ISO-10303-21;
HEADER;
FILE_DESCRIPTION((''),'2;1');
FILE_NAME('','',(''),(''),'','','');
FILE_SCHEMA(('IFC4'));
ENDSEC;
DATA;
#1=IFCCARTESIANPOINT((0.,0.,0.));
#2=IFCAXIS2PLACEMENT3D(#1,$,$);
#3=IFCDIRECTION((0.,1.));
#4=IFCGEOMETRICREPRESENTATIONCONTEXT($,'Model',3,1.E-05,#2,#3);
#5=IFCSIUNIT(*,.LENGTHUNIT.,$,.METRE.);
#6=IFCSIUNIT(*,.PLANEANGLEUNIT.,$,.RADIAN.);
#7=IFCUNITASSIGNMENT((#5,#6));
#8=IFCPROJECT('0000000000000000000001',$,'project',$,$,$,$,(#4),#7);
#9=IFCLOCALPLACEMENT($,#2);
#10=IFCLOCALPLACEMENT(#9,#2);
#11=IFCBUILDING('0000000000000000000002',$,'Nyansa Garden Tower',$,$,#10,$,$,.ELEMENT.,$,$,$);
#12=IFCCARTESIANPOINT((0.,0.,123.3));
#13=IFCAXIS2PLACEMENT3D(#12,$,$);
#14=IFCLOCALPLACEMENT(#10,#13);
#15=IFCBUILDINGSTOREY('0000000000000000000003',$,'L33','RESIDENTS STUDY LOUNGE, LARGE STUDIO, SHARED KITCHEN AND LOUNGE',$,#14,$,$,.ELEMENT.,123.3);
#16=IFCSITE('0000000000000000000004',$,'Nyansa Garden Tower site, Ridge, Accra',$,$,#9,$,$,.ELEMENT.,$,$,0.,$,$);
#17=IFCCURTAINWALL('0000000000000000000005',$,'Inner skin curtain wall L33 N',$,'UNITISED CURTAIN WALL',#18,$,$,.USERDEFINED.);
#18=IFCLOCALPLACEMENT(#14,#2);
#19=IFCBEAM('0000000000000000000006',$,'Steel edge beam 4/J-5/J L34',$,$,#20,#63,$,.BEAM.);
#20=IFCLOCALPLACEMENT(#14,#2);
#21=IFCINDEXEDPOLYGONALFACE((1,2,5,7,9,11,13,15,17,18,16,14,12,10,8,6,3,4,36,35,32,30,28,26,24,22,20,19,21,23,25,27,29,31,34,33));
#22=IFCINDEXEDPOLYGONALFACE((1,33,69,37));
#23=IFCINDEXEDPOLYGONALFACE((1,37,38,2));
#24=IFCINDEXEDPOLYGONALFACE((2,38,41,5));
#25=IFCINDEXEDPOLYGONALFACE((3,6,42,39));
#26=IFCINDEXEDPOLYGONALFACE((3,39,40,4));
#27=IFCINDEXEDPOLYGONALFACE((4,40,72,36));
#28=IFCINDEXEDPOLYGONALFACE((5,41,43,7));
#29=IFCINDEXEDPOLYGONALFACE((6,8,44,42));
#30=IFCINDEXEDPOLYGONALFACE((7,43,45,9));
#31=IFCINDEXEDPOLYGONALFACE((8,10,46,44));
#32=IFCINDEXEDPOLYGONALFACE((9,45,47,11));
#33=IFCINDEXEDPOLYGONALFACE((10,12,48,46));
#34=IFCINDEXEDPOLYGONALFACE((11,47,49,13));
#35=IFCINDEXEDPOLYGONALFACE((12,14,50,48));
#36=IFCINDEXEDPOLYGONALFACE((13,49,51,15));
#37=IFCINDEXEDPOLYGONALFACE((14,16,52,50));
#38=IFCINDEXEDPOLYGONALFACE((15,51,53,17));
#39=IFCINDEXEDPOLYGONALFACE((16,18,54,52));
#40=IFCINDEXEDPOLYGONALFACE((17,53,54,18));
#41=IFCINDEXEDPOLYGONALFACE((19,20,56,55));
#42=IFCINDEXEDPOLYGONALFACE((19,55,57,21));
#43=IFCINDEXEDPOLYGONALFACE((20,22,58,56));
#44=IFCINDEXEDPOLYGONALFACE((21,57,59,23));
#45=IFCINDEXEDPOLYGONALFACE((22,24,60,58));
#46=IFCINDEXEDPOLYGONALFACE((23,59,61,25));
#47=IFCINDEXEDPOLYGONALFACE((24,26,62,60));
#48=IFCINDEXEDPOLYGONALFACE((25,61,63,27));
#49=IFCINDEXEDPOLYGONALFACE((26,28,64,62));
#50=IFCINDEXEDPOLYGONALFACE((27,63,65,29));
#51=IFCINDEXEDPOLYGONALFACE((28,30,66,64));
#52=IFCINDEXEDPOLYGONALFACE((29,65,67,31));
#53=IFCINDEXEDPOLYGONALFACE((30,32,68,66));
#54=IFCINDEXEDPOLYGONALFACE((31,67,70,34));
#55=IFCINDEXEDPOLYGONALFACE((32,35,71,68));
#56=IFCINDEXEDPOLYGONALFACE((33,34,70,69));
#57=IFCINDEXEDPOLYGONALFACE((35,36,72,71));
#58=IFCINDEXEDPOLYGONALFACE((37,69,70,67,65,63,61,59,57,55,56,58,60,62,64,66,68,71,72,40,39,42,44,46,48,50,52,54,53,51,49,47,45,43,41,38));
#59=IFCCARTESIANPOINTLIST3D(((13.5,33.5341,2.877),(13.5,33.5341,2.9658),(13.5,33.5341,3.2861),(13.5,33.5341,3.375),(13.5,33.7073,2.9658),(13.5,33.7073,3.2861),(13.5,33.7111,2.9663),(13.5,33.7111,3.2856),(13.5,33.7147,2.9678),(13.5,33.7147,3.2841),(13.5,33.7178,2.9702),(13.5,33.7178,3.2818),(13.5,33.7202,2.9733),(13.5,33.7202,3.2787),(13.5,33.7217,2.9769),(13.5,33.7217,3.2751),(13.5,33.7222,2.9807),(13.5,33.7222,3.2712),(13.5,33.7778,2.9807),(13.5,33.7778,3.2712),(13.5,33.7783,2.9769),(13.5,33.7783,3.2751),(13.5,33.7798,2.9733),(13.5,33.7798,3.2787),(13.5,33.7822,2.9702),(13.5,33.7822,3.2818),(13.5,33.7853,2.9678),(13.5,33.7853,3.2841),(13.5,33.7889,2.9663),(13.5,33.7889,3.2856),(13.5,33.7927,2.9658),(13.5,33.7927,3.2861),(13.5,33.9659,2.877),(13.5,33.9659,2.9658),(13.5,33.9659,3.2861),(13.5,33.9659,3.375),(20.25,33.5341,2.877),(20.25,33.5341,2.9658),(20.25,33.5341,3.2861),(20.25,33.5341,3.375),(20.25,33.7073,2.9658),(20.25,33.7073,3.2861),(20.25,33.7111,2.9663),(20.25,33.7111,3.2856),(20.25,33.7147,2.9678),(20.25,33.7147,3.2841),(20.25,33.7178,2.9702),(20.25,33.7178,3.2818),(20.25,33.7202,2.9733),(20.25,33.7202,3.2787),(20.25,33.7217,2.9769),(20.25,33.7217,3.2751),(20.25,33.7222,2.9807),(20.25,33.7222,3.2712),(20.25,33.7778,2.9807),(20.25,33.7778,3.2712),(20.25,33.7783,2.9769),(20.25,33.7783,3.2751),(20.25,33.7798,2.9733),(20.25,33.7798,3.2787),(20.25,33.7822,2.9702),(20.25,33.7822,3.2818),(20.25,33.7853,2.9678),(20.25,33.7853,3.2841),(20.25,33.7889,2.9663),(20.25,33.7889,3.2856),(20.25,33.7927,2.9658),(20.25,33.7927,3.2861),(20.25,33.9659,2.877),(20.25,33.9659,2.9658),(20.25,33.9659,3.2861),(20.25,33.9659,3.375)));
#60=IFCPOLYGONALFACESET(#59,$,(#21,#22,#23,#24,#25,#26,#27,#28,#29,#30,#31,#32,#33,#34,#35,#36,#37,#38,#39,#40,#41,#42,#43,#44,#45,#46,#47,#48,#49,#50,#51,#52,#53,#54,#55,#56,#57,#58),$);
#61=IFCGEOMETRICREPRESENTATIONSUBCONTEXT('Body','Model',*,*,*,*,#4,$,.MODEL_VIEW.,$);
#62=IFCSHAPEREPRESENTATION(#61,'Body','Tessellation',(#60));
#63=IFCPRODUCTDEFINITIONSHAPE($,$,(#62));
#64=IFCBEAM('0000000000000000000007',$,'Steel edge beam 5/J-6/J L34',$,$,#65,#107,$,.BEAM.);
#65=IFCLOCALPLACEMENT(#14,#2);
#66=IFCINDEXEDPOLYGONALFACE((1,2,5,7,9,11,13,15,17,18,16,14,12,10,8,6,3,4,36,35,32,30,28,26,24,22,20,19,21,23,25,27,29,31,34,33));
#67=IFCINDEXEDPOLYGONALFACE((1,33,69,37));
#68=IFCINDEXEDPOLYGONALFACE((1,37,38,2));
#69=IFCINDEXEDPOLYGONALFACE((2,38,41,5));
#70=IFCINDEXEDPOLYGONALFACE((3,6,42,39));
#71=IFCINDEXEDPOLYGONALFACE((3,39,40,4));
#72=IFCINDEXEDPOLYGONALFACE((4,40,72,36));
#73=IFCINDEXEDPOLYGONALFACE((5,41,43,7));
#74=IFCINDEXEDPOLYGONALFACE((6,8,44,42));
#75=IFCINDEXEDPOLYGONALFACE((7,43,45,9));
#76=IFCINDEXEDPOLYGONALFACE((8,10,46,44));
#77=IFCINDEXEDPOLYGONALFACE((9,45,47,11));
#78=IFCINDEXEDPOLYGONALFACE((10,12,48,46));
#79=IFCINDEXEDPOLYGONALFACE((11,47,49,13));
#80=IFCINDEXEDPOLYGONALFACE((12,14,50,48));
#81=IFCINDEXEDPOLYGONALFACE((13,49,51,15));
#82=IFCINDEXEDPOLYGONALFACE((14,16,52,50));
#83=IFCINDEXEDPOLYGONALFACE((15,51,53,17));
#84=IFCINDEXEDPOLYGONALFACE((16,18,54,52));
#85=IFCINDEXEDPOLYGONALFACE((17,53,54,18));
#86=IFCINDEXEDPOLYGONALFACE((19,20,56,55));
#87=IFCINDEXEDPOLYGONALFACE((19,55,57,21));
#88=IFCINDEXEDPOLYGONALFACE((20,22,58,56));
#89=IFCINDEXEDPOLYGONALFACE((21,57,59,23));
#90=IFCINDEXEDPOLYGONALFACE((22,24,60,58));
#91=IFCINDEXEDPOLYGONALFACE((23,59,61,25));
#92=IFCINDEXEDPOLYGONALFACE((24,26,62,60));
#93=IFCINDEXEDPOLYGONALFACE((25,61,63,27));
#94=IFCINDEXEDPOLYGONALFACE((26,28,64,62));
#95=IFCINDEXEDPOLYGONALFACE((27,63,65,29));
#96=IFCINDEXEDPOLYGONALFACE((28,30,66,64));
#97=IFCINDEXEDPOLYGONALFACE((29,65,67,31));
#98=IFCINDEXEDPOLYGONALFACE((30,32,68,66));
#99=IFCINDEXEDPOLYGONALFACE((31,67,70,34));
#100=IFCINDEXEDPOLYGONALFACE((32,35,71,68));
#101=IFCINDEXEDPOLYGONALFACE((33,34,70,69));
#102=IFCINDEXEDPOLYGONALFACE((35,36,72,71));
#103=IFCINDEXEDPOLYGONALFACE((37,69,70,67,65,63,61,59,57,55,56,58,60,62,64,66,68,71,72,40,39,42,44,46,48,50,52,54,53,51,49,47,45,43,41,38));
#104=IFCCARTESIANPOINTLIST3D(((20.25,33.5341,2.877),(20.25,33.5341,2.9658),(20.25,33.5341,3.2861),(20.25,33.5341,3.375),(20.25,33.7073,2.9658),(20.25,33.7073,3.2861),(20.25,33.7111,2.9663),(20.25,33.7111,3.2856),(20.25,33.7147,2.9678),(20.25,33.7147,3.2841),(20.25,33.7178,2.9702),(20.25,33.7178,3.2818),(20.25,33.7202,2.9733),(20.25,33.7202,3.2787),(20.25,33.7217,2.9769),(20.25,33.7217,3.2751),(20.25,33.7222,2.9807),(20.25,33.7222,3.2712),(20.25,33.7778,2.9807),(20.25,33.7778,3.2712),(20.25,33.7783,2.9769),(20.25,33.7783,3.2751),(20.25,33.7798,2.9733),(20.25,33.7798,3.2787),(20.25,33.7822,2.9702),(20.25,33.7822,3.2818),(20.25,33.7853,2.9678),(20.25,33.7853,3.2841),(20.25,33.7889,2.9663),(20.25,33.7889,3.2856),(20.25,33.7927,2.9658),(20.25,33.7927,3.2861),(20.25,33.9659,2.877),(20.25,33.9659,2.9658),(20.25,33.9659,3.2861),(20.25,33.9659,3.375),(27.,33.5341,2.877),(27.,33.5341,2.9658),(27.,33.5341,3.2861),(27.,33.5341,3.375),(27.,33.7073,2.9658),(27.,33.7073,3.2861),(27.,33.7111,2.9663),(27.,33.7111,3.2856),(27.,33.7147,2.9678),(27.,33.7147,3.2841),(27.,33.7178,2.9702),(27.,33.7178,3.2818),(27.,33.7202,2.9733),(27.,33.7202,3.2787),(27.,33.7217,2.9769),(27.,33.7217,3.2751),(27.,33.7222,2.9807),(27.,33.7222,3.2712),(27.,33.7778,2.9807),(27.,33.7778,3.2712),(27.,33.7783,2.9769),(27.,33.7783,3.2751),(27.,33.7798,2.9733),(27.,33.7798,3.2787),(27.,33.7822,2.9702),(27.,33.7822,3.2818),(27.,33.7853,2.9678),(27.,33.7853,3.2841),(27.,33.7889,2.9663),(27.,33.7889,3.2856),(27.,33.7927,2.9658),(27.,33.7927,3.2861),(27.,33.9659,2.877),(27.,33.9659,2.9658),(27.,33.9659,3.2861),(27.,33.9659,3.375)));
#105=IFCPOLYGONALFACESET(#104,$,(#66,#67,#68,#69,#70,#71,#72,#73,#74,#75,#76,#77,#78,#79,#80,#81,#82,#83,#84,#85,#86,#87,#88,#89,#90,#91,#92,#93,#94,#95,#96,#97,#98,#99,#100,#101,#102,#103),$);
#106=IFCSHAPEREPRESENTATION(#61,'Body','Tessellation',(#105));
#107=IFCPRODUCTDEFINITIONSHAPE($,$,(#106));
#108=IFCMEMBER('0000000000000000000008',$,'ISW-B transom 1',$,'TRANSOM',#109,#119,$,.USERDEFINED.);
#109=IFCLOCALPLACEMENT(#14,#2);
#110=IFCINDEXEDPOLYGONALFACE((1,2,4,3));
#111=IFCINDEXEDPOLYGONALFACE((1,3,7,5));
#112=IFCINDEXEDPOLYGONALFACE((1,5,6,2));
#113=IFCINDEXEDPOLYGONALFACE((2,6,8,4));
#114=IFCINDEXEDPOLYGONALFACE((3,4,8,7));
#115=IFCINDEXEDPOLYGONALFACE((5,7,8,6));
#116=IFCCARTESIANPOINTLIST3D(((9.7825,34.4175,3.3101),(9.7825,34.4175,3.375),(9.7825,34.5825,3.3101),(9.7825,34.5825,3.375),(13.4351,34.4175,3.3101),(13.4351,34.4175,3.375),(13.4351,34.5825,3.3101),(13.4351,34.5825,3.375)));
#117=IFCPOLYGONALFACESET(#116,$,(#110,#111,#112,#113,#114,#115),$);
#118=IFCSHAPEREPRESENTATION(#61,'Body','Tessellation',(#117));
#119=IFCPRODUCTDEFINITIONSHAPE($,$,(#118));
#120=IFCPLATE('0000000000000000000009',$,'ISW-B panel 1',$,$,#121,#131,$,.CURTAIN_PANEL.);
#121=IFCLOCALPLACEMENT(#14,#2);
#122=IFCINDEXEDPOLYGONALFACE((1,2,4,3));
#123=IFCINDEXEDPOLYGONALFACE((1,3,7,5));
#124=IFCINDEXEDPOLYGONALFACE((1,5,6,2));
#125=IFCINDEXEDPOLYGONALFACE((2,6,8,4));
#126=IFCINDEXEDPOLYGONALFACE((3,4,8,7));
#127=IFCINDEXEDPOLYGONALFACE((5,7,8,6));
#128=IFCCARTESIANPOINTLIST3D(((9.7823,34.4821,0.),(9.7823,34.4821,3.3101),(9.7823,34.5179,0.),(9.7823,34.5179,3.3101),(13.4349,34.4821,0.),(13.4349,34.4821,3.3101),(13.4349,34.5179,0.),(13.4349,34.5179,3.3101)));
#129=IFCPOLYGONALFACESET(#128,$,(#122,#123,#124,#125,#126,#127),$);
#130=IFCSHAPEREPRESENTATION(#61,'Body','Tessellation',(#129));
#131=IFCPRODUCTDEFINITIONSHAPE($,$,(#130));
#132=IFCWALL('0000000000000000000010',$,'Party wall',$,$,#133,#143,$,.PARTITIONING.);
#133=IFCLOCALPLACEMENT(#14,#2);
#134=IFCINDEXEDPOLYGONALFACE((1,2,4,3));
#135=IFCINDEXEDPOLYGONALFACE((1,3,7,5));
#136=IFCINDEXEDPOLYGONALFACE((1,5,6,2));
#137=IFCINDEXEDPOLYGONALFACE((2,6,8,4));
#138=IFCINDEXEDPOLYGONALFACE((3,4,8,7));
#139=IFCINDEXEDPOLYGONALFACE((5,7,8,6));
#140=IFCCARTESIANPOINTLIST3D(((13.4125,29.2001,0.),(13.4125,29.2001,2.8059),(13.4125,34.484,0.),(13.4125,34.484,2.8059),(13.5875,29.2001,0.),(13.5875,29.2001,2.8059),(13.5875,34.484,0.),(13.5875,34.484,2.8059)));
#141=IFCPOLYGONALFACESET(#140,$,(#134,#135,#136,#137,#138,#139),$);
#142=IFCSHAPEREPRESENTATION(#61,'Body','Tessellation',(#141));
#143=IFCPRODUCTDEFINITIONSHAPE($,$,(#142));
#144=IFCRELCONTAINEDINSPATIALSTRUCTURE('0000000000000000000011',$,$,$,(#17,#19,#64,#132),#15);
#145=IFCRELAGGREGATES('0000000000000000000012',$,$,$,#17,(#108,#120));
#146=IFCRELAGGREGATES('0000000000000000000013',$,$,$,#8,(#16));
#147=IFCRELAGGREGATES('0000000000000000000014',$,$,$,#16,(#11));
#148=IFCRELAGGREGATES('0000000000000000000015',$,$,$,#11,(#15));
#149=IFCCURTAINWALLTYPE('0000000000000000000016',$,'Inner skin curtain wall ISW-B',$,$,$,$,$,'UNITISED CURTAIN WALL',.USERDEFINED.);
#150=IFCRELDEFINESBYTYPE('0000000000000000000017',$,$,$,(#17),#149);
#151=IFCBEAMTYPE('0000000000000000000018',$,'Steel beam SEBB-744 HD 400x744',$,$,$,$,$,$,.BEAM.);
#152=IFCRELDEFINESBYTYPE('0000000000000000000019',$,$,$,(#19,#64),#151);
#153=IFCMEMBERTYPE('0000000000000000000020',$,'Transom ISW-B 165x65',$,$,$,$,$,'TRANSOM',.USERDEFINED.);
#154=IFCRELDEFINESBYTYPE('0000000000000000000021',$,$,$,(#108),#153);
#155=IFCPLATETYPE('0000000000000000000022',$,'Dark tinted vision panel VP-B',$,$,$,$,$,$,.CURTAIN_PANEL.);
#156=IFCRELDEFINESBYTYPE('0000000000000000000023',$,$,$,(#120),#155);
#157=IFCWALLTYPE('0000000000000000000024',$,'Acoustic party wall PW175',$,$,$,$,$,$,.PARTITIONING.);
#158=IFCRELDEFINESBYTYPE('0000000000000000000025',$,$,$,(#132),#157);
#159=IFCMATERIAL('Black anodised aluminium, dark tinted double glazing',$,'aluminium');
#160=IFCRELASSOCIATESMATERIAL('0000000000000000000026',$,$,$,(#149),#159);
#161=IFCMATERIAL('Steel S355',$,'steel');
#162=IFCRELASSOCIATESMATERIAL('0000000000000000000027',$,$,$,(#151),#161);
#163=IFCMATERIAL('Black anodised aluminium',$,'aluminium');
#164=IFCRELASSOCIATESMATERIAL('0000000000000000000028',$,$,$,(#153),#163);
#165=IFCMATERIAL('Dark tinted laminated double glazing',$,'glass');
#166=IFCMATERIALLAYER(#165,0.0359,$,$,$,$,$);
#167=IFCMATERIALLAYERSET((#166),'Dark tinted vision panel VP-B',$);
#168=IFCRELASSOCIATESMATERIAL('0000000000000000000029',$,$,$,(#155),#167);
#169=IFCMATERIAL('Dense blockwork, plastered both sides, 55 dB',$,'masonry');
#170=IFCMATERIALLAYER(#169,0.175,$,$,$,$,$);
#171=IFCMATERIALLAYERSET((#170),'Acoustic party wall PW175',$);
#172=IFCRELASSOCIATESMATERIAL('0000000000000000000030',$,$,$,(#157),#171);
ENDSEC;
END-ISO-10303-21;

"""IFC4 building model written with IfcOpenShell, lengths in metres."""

from ifc_helpers import new_model, si_unit, direction, frame, frame_2d, origin, origin_2d, place, context, subcontext, project, spatial, rectangle, i_section, extrude, material, layer, layer_set, material_profile, profile_set, type_object, element, aggregate, save


model = new_model("IFC4")

# Units and contexts
model_context = context("Model", 3, precision=1e-05, world=origin(), true_north=direction((0.0, 1.0)))
body_context = subcontext(model_context, "Body", "Model", "MODEL_VIEW")
ifc_project = project(units=[si_unit("LENGTHUNIT", "METRE"), si_unit("PLANEANGLEUNIT", "RADIAN")], contexts=[model_context])

# Site, building, storey
site_placement = place(None, origin())
site = spatial("IfcSite", under=ifc_project, at=site_placement, Name="Nyansa Garden Tower site, Ridge, Accra", CompositionType="ELEMENT", RefElevation=0.0)
building_placement = place(site_placement, origin())
building = spatial("IfcBuilding", under=site, at=building_placement, Name="Nyansa Garden Tower", CompositionType="ELEMENT")
storey_placement = place(building_placement, frame((0.0, 0.0, 123.3)))
storey = spatial("IfcBuildingStorey", under=building, at=storey_placement, Name="L33", Description="RESIDENTS STUDY LOUNGE, LARGE STUDIO, SHARED KITCHEN AND LOUNGE", CompositionType="ELEMENT", Elevation=123.3)

# Curtain wall
ifc_material_1 = material(Name="Black anodised aluminium, dark tinted double glazing", Category="aluminium")
curtain_wall_type = type_object("IfcCurtainWallType", Name="Inner skin curtain wall ISW-B", ElementType="UNITISED CURTAIN WALL", PredefinedType="USERDEFINED", material=ifc_material_1)
curtain_wall_placement = place(storey_placement, origin())
curtain_wall = element("IfcCurtainWall", 1, at=curtain_wall_placement, inside=storey, type_object=curtain_wall_type, Name="Inner skin curtain wall L33 N", ObjectType="UNITISED CURTAIN WALL", PredefinedType="USERDEFINED")

# Beams
ifc_material_2 = material(Name="Steel S355", Category="steel")
ifc_material_profile_1 = material_profile(ifc_material_2, i_section(OverallWidth=0.4319, OverallDepth=0.498, WebThickness=0.0557, FlangeThickness=0.0889, FilletRadius=0.0149, at=origin_2d()), Name="HD 400x744")
ifc_profile_set_1 = profile_set([ifc_material_profile_1], Name="Steel S355")
beam_type_1 = type_object("IfcBeamType", Name="Steel beam SEBB-744 HD 400x744", PredefinedType="BEAM", material=ifc_profile_set_1)
for number, where, z_axis, x_axis, name in (
    (2, (13.5, 33.75, 3.126), (1.0, 0.0, 0.0), (0.0, 1.0, 0.0), "Steel edge beam 4/J-5/J L34"),
    (3, (20.25, 33.75, 3.126), (1.0, 0.0, 0.0), (0.0, 1.0, 0.0), "Steel edge beam 5/J-6/J L34"),
):
    element("IfcBeam", number, at=place(storey_placement, frame(where, z_axis=z_axis, x_axis=x_axis)), inside=storey, type_object=beam_type_1, Name=name, PredefinedType="BEAM", context=body_context, shape_type="SweptSolid", body=[
        extrude(i_section(OverallWidth=0.4319, OverallDepth=0.498, WebThickness=0.0557, FlangeThickness=0.0889, FilletRadius=0.0149, at=origin_2d()), origin(), (0.0, 0.0, 1.0), 6.75),
    ])

# Member
ifc_material_3 = material(Name="Black anodised aluminium", Category="aluminium")
ifc_material_profile_2 = material_profile(ifc_material_3, rectangle(XDim=0.165, YDim=0.0649, at=origin_2d()), Name="Transom 165x65")
ifc_profile_set_2 = profile_set([ifc_material_profile_2], Name="Black anodised aluminium")
member_type_1 = type_object("IfcMemberType", Name="Transom ISW-B 165x65", ElementType="TRANSOM", PredefinedType="USERDEFINED", material=ifc_profile_set_2)
member_1_placement = place(storey_placement, frame((13.4351, 34.5, 3.3425), z_axis=(-1.0, 0.0, 0.0), x_axis=(0.0, -1.0, 0.0)))
member_1 = element("IfcMember", 4, at=member_1_placement, type_object=member_type_1, Name="ISW-B transom 1", ObjectType="TRANSOM", PredefinedType="USERDEFINED", context=body_context, shape_type="SweptSolid", body=[
    extrude(rectangle(XDim=0.165, YDim=0.0649, at=origin_2d()), origin(), (0.0, 0.0, 1.0), 3.6526),
])

# Plate
ifc_material_4 = material(Name="Dark tinted laminated double glazing", Category="glass")
ifc_layer_1 = layer(ifc_material_4, 0.0359)
ifc_layer_set_1 = layer_set([ifc_layer_1], Name="Dark tinted vision panel VP-B")
plate_type = type_object("IfcPlateType", Name="Dark tinted vision panel VP-B", PredefinedType="CURTAIN_PANEL", material=ifc_layer_set_1)
plate_placement = place(storey_placement, frame((11.6086, 34.5, 0.0), z_axis=(0.0, 0.0, 1.0), x_axis=(-1.0, 0.0, 0.0)))
plate = element("IfcPlate", 5, at=plate_placement, type_object=plate_type, Name="ISW-B panel 1", PredefinedType="CURTAIN_PANEL", context=body_context, shape_type="SweptSolid", body=[
    extrude(rectangle(XDim=3.6526, YDim=0.0359, at=origin_2d()), origin(), (0.0, 0.0, 1.0), 3.3101),
])
aggregate(curtain_wall, [member_1, plate])

# Wall
ifc_material_5 = material(Name="Dense blockwork, plastered both sides, 55 dB", Category="masonry")
ifc_layer_2 = layer(ifc_material_5, 0.175)
ifc_layer_set_2 = layer_set([ifc_layer_2], Name="Acoustic party wall PW175")
wall_type_1 = type_object("IfcWallType", Name="Acoustic party wall PW175", PredefinedType="PARTITIONING", material=ifc_layer_set_2)
wall_1_placement = place(storey_placement, frame((13.5, 29.2, 0.0), z_axis=(0.0, 0.0, 1.0), x_axis=(0.0, 1.0, 0.0)))
element("IfcWall", 6, at=wall_1_placement, inside=storey, type_object=wall_type_1, Name="Party wall", PredefinedType="PARTITIONING", context=body_context, shape_type="SweptSolid", body=[
    extrude(rectangle(XDim=5.2839, YDim=0.175, at=frame_2d((2.6421, 0.0))), origin(), (0.0, 0.0, 1.0), 2.8059),
])

save(model, "model.ifc")
